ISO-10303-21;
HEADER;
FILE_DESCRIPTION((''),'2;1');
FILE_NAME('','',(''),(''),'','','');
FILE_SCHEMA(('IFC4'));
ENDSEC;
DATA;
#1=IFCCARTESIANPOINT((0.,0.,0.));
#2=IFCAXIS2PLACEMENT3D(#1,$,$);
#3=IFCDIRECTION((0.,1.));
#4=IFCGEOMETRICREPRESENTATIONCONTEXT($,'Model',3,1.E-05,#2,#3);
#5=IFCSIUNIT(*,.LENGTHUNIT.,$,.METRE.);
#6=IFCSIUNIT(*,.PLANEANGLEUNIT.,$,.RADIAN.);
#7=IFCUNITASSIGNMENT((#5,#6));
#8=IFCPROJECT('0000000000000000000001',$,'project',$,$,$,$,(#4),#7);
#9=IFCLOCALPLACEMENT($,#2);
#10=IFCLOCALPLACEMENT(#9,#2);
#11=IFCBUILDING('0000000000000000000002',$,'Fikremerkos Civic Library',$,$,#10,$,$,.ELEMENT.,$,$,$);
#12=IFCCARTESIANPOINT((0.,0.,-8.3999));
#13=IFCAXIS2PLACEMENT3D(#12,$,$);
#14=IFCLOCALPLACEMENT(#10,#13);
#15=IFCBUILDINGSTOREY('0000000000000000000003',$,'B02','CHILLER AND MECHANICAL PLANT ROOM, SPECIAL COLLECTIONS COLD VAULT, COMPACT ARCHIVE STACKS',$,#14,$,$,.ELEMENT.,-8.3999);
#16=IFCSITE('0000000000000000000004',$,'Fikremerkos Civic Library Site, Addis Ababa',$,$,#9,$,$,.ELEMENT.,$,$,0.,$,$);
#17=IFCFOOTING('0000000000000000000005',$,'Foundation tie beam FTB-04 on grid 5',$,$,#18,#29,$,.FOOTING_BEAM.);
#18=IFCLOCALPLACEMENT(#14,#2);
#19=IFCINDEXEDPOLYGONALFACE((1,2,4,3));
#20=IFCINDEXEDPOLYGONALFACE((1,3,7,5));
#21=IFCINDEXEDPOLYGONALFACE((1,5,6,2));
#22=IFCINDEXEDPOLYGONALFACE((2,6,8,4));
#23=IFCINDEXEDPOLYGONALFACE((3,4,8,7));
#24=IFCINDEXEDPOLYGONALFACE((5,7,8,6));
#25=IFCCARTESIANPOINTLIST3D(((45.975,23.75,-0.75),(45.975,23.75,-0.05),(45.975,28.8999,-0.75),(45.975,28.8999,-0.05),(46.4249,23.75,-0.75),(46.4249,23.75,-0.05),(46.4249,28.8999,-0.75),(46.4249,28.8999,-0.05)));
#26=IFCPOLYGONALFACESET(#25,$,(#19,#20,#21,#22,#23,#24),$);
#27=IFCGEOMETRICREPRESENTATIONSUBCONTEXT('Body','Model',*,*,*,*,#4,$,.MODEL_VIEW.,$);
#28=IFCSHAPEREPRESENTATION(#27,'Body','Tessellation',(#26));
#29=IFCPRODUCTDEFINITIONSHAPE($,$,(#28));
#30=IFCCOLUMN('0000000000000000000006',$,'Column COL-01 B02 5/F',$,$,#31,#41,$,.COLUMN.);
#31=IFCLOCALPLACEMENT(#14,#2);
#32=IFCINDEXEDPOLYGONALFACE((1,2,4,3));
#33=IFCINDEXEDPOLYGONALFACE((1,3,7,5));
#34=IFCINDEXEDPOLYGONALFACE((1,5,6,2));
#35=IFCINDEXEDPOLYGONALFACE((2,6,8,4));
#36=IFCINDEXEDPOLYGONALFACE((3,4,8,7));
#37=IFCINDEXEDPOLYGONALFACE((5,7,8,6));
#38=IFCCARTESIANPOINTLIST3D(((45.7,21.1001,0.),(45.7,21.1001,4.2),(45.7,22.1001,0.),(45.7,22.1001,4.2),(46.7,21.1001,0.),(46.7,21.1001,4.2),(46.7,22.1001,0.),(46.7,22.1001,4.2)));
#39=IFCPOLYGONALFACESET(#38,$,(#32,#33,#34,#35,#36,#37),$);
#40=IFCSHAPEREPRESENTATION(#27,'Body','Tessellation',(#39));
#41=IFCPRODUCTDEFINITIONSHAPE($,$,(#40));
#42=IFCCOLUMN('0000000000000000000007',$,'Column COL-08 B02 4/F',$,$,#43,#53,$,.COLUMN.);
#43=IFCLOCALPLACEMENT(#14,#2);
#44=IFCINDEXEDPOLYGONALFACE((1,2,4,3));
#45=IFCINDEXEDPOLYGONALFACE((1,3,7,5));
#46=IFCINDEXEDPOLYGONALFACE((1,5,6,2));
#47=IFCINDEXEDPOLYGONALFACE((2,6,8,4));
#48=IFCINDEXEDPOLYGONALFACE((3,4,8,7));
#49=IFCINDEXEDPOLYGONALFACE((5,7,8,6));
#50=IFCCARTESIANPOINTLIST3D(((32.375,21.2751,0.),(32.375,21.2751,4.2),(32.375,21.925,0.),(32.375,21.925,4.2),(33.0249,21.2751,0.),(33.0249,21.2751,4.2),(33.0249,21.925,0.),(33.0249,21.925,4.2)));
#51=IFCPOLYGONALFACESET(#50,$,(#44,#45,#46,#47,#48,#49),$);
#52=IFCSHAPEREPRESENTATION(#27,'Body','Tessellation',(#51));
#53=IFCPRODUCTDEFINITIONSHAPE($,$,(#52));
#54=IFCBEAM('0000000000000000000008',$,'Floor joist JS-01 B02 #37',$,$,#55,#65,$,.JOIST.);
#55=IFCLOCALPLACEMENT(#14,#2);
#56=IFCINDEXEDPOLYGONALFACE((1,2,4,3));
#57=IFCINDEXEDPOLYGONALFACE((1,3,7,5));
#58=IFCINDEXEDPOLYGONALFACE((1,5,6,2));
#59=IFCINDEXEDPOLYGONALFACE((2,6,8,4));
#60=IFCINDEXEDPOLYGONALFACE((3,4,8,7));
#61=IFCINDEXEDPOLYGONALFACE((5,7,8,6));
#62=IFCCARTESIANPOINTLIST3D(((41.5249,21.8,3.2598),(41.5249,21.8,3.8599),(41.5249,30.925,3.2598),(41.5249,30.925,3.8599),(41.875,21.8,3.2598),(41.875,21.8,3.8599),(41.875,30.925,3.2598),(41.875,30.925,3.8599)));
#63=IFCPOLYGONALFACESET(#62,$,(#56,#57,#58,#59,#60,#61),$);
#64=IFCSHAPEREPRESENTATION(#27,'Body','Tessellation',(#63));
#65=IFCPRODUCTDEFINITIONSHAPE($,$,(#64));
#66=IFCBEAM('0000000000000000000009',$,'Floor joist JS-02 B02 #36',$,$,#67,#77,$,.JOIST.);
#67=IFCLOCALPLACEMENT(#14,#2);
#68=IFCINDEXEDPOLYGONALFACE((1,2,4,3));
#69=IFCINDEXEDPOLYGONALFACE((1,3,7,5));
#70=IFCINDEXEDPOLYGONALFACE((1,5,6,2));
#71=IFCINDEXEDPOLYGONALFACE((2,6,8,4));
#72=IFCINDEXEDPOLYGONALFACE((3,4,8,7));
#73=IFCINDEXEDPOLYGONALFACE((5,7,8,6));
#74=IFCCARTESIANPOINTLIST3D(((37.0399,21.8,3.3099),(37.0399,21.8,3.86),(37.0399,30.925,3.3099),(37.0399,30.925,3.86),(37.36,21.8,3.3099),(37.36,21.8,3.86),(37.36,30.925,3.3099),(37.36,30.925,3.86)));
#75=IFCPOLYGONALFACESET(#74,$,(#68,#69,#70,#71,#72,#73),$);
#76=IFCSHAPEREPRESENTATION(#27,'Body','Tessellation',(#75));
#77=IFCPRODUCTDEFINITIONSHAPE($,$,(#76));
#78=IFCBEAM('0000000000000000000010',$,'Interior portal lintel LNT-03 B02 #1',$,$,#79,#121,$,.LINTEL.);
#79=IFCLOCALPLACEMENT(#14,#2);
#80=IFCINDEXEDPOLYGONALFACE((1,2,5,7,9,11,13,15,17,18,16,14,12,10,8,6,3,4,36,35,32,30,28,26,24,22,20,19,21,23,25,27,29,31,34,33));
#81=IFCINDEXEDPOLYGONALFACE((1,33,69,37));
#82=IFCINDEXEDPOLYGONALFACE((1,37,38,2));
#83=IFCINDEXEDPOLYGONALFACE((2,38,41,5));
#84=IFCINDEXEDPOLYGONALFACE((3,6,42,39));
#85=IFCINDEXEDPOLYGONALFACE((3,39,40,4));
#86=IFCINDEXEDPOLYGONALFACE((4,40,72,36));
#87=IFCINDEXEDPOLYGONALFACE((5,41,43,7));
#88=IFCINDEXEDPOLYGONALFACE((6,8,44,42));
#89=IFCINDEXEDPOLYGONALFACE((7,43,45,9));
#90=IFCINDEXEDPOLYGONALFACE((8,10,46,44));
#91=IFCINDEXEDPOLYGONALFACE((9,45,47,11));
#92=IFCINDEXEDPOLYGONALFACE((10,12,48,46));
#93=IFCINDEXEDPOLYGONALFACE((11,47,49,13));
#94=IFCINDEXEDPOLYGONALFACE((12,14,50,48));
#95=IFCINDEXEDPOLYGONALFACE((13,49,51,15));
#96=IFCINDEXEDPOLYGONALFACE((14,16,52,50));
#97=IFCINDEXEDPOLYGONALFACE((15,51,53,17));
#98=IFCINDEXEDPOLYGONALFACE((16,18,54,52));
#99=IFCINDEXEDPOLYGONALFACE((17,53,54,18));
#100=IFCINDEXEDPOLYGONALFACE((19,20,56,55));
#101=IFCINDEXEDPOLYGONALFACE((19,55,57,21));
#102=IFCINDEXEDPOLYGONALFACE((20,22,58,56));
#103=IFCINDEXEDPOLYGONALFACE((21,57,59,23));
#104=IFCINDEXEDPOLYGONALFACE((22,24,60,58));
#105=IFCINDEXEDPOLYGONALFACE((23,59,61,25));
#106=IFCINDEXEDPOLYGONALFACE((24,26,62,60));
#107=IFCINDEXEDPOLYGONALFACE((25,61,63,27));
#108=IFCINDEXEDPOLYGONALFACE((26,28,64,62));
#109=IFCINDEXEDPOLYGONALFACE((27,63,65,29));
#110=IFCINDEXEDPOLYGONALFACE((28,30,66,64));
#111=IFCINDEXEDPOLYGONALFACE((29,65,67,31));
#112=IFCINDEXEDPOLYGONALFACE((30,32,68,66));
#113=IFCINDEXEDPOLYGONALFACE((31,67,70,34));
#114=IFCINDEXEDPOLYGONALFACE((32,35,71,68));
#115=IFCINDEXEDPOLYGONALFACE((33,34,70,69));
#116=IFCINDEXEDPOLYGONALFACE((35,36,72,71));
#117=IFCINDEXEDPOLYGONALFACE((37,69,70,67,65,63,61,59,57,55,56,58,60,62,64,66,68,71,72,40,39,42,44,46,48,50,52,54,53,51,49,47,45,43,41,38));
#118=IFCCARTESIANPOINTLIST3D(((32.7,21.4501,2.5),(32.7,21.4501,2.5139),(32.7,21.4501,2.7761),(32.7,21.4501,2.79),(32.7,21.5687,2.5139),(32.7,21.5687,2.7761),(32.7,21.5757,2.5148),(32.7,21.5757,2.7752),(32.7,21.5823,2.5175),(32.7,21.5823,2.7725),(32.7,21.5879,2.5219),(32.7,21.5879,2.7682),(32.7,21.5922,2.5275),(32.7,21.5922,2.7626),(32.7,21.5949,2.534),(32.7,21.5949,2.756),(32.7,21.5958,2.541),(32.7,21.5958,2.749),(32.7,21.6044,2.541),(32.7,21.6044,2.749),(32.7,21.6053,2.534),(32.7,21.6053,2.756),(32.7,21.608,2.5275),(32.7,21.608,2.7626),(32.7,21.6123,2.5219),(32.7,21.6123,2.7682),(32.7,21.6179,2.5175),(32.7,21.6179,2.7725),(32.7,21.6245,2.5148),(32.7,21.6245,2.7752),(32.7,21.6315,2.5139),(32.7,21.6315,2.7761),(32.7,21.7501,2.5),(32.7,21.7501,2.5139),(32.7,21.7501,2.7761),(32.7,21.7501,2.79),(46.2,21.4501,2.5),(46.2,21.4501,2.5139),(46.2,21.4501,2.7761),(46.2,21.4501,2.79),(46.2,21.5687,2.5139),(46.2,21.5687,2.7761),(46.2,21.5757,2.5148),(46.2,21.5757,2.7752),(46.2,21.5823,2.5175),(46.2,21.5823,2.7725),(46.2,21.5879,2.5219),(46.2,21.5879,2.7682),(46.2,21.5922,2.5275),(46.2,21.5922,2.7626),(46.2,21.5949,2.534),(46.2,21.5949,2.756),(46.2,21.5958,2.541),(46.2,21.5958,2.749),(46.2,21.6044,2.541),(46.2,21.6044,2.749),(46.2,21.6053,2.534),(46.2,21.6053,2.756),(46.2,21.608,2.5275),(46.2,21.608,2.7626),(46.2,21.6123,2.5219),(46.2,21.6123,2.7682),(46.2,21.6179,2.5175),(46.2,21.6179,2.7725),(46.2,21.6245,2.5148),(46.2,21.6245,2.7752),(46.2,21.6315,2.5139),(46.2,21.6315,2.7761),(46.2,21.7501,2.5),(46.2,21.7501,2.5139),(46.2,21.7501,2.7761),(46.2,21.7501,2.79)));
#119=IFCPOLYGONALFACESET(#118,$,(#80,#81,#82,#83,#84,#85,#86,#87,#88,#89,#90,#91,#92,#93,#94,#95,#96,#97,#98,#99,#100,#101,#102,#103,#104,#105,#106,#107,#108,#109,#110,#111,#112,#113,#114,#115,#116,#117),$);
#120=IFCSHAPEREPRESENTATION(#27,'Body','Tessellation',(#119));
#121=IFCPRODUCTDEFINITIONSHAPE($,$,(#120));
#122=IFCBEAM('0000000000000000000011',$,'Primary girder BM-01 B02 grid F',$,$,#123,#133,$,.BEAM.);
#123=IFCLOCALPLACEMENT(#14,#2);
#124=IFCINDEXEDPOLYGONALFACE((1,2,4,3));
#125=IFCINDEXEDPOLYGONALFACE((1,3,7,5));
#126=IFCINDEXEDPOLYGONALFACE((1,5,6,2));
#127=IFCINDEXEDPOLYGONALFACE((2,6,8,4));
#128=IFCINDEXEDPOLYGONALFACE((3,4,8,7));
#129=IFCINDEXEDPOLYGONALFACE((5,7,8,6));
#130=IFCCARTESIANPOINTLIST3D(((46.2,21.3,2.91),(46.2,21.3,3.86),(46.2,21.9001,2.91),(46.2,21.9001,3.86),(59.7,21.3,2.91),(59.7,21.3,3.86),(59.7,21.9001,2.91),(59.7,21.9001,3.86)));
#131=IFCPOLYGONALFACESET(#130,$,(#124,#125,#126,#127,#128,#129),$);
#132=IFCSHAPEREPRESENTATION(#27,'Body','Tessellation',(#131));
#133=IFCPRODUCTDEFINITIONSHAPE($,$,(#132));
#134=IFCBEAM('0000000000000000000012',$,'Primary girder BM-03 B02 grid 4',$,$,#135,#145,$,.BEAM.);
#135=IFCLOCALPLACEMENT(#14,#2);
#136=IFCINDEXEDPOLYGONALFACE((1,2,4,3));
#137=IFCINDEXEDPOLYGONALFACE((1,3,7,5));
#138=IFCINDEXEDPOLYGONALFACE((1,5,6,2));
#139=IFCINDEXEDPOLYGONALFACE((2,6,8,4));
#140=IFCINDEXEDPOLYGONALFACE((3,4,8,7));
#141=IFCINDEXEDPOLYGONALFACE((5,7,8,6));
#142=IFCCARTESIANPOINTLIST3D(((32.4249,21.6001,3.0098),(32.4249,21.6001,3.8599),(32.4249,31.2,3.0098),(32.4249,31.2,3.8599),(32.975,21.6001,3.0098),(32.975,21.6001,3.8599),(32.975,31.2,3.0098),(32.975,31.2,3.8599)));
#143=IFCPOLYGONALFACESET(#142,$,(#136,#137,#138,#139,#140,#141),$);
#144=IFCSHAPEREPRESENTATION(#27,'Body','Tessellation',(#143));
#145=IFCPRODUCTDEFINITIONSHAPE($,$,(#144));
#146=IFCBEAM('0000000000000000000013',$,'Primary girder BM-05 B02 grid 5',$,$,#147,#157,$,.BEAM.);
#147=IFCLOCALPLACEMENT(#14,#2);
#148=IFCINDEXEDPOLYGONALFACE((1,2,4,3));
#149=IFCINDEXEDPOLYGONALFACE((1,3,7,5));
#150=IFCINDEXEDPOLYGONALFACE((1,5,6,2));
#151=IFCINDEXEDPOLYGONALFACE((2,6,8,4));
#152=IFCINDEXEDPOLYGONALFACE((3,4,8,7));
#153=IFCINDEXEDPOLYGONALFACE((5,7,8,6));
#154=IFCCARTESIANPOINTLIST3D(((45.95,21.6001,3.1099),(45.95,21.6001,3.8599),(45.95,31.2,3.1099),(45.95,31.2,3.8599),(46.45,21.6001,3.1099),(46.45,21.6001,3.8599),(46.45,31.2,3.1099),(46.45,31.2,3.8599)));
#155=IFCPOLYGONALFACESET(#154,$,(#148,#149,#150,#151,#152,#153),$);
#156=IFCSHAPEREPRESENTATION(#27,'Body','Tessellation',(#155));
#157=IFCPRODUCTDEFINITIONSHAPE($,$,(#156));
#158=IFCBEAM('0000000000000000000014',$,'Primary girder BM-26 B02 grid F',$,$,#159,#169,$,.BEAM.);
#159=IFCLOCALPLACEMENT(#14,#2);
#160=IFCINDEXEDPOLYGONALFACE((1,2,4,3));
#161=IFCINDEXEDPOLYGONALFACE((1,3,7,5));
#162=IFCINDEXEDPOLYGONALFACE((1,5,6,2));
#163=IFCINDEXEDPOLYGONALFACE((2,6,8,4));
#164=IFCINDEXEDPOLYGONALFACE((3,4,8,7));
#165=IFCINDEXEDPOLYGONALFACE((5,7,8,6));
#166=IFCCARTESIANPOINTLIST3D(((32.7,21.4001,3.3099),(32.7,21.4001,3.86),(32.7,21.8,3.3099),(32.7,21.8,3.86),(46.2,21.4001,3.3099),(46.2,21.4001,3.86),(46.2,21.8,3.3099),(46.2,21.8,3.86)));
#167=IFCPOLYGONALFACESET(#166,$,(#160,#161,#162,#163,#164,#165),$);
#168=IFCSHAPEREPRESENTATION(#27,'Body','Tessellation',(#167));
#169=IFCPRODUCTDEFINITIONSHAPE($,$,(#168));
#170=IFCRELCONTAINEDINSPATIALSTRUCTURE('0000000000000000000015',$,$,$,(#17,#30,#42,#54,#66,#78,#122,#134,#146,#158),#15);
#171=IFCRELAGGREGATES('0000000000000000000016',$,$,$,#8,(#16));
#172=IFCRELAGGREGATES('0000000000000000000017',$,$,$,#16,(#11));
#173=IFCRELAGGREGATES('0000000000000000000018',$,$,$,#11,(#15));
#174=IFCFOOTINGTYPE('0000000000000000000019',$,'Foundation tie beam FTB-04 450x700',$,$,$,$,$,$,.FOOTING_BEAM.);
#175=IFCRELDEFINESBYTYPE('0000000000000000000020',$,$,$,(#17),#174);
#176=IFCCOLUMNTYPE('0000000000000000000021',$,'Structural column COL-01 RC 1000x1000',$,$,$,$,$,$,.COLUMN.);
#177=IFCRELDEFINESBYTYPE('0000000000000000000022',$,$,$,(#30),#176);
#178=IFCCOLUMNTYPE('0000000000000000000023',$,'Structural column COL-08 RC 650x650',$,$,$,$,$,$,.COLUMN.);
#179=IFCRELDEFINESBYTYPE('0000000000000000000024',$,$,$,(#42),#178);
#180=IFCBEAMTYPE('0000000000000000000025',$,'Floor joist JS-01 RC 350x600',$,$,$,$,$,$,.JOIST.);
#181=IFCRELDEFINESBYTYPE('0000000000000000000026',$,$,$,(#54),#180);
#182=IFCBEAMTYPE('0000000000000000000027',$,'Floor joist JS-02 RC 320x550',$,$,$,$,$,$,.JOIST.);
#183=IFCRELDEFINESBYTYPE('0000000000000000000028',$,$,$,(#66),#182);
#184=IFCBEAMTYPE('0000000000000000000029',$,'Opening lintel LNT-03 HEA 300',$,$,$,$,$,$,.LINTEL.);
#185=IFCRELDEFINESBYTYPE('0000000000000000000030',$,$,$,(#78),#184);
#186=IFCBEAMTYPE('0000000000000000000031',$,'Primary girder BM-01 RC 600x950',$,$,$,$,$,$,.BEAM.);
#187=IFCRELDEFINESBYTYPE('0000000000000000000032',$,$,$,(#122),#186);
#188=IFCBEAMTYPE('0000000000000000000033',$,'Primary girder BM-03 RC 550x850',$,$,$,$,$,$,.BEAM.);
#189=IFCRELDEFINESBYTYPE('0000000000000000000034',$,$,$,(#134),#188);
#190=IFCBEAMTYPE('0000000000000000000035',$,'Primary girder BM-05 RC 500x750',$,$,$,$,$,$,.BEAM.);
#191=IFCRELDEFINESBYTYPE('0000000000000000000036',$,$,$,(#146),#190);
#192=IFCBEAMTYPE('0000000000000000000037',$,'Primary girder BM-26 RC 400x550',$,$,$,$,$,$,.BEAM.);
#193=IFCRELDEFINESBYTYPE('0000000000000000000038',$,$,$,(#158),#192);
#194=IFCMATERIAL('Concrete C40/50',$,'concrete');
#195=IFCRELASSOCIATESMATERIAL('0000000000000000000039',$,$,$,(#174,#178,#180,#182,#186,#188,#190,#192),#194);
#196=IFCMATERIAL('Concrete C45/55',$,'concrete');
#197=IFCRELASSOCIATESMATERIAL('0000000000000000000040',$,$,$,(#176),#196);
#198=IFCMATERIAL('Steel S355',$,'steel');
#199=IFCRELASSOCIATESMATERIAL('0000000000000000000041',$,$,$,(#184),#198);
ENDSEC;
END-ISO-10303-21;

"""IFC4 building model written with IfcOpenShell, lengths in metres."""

from ifc_helpers import new_model, si_unit, direction, frame, origin, origin_2d, place, context, subcontext, project, spatial, rectangle, i_section, extrude, material, material_profile, profile_set, type_object, element, save


model = new_model("IFC4")

# Units and contexts
model_context = context("Model", 3, precision=1e-05, world=origin(), true_north=direction((0.0, 1.0)))
body_context = subcontext(model_context, "Body", "Model", "MODEL_VIEW")
ifc_project = project(units=[si_unit("LENGTHUNIT", "METRE"), si_unit("PLANEANGLEUNIT", "RADIAN")], contexts=[model_context])

# Site, building, storey
site_placement = place(None, origin())
site = spatial("IfcSite", under=ifc_project, at=site_placement, Name="Fikremerkos Civic Library Site, Addis Ababa", CompositionType="ELEMENT", RefElevation=0.0)
building_placement = place(site_placement, origin())
building = spatial("IfcBuilding", under=site, at=building_placement, Name="Fikremerkos Civic Library", CompositionType="ELEMENT")
storey_placement = place(building_placement, frame((0.0, 0.0, -8.3999)))
storey = spatial("IfcBuildingStorey", under=building, at=storey_placement, Name="B02", Description="CHILLER AND MECHANICAL PLANT ROOM, SPECIAL COLLECTIONS COLD VAULT, COMPACT ARCHIVE STACKS", CompositionType="ELEMENT", Elevation=-8.3999)

# Footing
ifc_material_1 = material(Name="Concrete C40/50", Category="concrete")
footing_type_1 = type_object("IfcFootingType", Name="Foundation tie beam FTB-04 450x700", PredefinedType="FOOTING_BEAM", material=ifc_material_1)
footing_1_placement = place(storey_placement, frame((46.2, 26.325, -0.75), z_axis=(0.0, 0.0, 1.0), x_axis=(0.0, 1.0, 0.0)))
element("IfcFooting", 1, at=footing_1_placement, inside=storey, type_object=footing_type_1, Name="Foundation tie beam FTB-04 on grid 5", PredefinedType="FOOTING_BEAM", context=body_context, shape_type="SweptSolid", body=[
    extrude(rectangle(XDim=5.1499, YDim=0.45, at=origin_2d()), origin(), (0.0, 0.0, 1.0), 0.7),
])

# Columns
ifc_material_2 = material(Name="Concrete C45/55", Category="concrete")
ifc_material_profile_1 = material_profile(ifc_material_2, rectangle(XDim=1.0, YDim=1.0, at=origin_2d()), Name="RC 1000x1000")
ifc_profile_set_1 = profile_set([ifc_material_profile_1], Name="Concrete C45/55")
column_type_1 = type_object("IfcColumnType", Name="Structural column COL-01 RC 1000x1000", PredefinedType="COLUMN", material=ifc_profile_set_1)
column_1_placement = place(storey_placement, frame((46.2, 21.6001, 0.0), z_axis=(0.0, 0.0, 1.0), x_axis=(1.0, 0.0, 0.0)))
element("IfcColumn", 2, at=column_1_placement, inside=storey, type_object=column_type_1, Name="Column COL-01 B02 5/F", PredefinedType="COLUMN", context=body_context, shape_type="SweptSolid", body=[
    extrude(rectangle(XDim=1.0, YDim=1.0, at=origin_2d()), origin(), (0.0, 0.0, 1.0), 4.2),
])
ifc_material_profile_2 = material_profile(ifc_material_1, rectangle(XDim=0.6499, YDim=0.6499, at=origin_2d()), Name="RC 650x650")
ifc_profile_set_2 = profile_set([ifc_material_profile_2], Name="Concrete C40/50")
column_type_2 = type_object("IfcColumnType", Name="Structural column COL-08 RC 650x650", PredefinedType="COLUMN", material=ifc_profile_set_2)
column_2_placement = place(storey_placement, frame((32.7, 21.6001, 0.0), z_axis=(0.0, 0.0, 1.0), x_axis=(1.0, 0.0, 0.0)))
element("IfcColumn", 3, at=column_2_placement, inside=storey, type_object=column_type_2, Name="Column COL-08 B02 4/F", PredefinedType="COLUMN", context=body_context, shape_type="SweptSolid", body=[
    extrude(rectangle(XDim=0.6499, YDim=0.6499, at=origin_2d()), origin(), (0.0, 0.0, 1.0), 4.2),
])

# Beams
ifc_material_profile_3 = material_profile(ifc_material_1, rectangle(XDim=0.3501, YDim=0.6001, at=origin_2d()), Name="RC 350x600")
ifc_profile_set_3 = profile_set([ifc_material_profile_3], Name="Concrete C40/50")
beam_type_1 = type_object("IfcBeamType", Name="Floor joist JS-01 RC 350x600", PredefinedType="JOIST", material=ifc_profile_set_3)
beam_1_placement = place(storey_placement, frame((41.7, 21.8, 3.5598), z_axis=(0.0, 1.0, 0.0), x_axis=(-1.0, 0.0, 0.0)))
element("IfcBeam", 4, at=beam_1_placement, inside=storey, type_object=beam_type_1, Name="Floor joist JS-01 B02 #37", PredefinedType="JOIST", context=body_context, shape_type="SweptSolid", body=[
    extrude(rectangle(XDim=0.3501, YDim=0.6001, at=origin_2d()), origin(), (0.0, 0.0, 1.0), 9.125),
])
ifc_material_profile_4 = material_profile(ifc_material_1, rectangle(XDim=0.3201, YDim=0.55, at=origin_2d()), Name="RC 320x550")
ifc_profile_set_4 = profile_set([ifc_material_profile_4], Name="Concrete C40/50")
beam_type_2 = type_object("IfcBeamType", Name="Floor joist JS-02 RC 320x550", PredefinedType="JOIST", material=ifc_profile_set_4)
beam_2_placement = place(storey_placement, frame((37.2, 21.8, 3.585), z_axis=(0.0, 1.0, 0.0), x_axis=(-1.0, 0.0, 0.0)))
element("IfcBeam", 5, at=beam_2_placement, inside=storey, type_object=beam_type_2, Name="Floor joist JS-02 B02 #36", PredefinedType="JOIST", context=body_context, shape_type="SweptSolid", body=[
    extrude(rectangle(XDim=0.3201, YDim=0.55, at=origin_2d()), origin(), (0.0, 0.0, 1.0), 9.125),
])
ifc_material_3 = material(Name="Steel S355", Category="steel")
ifc_material_profile_5 = material_profile(ifc_material_3, i_section(OverallWidth=0.3, OverallDepth=0.29, WebThickness=0.0085, FlangeThickness=0.0139, FilletRadius=0.0271, at=origin_2d()), Name="HEA 300")
ifc_profile_set_5 = profile_set([ifc_material_profile_5], Name="Steel S355")
beam_type_3 = type_object("IfcBeamType", Name="Opening lintel LNT-03 HEA 300", PredefinedType="LINTEL", material=ifc_profile_set_5)
beam_3_placement = place(storey_placement, frame((32.7, 21.6001, 2.645), z_axis=(1.0, 0.0, 0.0), x_axis=(0.0, 1.0, 0.0)))
element("IfcBeam", 6, at=beam_3_placement, inside=storey, type_object=beam_type_3, Name="Interior portal lintel LNT-03 B02 #1", PredefinedType="LINTEL", context=body_context, shape_type="SweptSolid", body=[
    extrude(i_section(OverallWidth=0.3, OverallDepth=0.29, WebThickness=0.0085, FlangeThickness=0.0139, FilletRadius=0.0271, at=origin_2d()), origin(), (0.0, 0.0, 1.0), 13.5),
])
ifc_material_profile_6 = material_profile(ifc_material_1, rectangle(XDim=0.6001, YDim=0.95, at=origin_2d()), Name="RC 600x950")
ifc_profile_set_6 = profile_set([ifc_material_profile_6], Name="Concrete C40/50")
beam_type_4 = type_object("IfcBeamType", Name="Primary girder BM-01 RC 600x950", PredefinedType="BEAM", material=ifc_profile_set_6)
beam_4_placement = place(storey_placement, frame((46.2, 21.6001, 3.385), z_axis=(1.0, 0.0, 0.0), x_axis=(0.0, 1.0, 0.0)))
element("IfcBeam", 7, at=beam_4_placement, inside=storey, type_object=beam_type_4, Name="Primary girder BM-01 B02 grid F", PredefinedType="BEAM", context=body_context, shape_type="SweptSolid", body=[
    extrude(rectangle(XDim=0.6001, YDim=0.95, at=origin_2d()), origin(), (0.0, 0.0, 1.0), 13.5),
])
ifc_material_profile_7 = material_profile(ifc_material_1, rectangle(XDim=0.55, YDim=0.8501, at=origin_2d()), Name="RC 550x850")
ifc_profile_set_7 = profile_set([ifc_material_profile_7], Name="Concrete C40/50")
beam_type_5 = type_object("IfcBeamType", Name="Primary girder BM-03 RC 550x850", PredefinedType="BEAM", material=ifc_profile_set_7)
beam_5_placement = place(storey_placement, frame((32.7, 21.6001, 3.4348), z_axis=(0.0, 1.0, 0.0), x_axis=(-1.0, 0.0, 0.0)))
element("IfcBeam", 8, at=beam_5_placement, inside=storey, type_object=beam_type_5, Name="Primary girder BM-03 B02 grid 4", PredefinedType="BEAM", context=body_context, shape_type="SweptSolid", body=[
    extrude(rectangle(XDim=0.55, YDim=0.8501, at=origin_2d()), origin(), (0.0, 0.0, 1.0), 9.5999),
])
ifc_material_profile_8 = material_profile(ifc_material_1, rectangle(XDim=0.5, YDim=0.75, at=origin_2d()), Name="RC 500x750")
ifc_profile_set_8 = profile_set([ifc_material_profile_8], Name="Concrete C40/50")
beam_type_6 = type_object("IfcBeamType", Name="Primary girder BM-05 RC 500x750", PredefinedType="BEAM", material=ifc_profile_set_8)
beam_6_placement = place(storey_placement, frame((46.2, 21.6001, 3.4849), z_axis=(0.0, 1.0, 0.0), x_axis=(-1.0, 0.0, 0.0)))
element("IfcBeam", 9, at=beam_6_placement, inside=storey, type_object=beam_type_6, Name="Primary girder BM-05 B02 grid 5", PredefinedType="BEAM", context=body_context, shape_type="SweptSolid", body=[
    extrude(rectangle(XDim=0.5, YDim=0.75, at=origin_2d()), origin(), (0.0, 0.0, 1.0), 9.5999),
])
ifc_material_profile_9 = material_profile(ifc_material_1, rectangle(XDim=0.3999, YDim=0.55, at=origin_2d()), Name="RC 400x550")
ifc_profile_set_9 = profile_set([ifc_material_profile_9], Name="Concrete C40/50")
beam_type_7 = type_object("IfcBeamType", Name="Primary girder BM-26 RC 400x550", PredefinedType="BEAM", material=ifc_profile_set_9)
beam_7_placement = place(storey_placement, frame((32.7, 21.6001, 3.585), z_axis=(1.0, 0.0, 0.0), x_axis=(0.0, 1.0, 0.0)))
element("IfcBeam", 10, at=beam_7_placement, inside=storey, type_object=beam_type_7, Name="Primary girder BM-26 B02 grid F", PredefinedType="BEAM", context=body_context, shape_type="SweptSolid", body=[
    extrude(rectangle(XDim=0.3999, YDim=0.55, at=origin_2d()), origin(), (0.0, 0.0, 1.0), 13.5),
])

save(model, "model.ifc")
